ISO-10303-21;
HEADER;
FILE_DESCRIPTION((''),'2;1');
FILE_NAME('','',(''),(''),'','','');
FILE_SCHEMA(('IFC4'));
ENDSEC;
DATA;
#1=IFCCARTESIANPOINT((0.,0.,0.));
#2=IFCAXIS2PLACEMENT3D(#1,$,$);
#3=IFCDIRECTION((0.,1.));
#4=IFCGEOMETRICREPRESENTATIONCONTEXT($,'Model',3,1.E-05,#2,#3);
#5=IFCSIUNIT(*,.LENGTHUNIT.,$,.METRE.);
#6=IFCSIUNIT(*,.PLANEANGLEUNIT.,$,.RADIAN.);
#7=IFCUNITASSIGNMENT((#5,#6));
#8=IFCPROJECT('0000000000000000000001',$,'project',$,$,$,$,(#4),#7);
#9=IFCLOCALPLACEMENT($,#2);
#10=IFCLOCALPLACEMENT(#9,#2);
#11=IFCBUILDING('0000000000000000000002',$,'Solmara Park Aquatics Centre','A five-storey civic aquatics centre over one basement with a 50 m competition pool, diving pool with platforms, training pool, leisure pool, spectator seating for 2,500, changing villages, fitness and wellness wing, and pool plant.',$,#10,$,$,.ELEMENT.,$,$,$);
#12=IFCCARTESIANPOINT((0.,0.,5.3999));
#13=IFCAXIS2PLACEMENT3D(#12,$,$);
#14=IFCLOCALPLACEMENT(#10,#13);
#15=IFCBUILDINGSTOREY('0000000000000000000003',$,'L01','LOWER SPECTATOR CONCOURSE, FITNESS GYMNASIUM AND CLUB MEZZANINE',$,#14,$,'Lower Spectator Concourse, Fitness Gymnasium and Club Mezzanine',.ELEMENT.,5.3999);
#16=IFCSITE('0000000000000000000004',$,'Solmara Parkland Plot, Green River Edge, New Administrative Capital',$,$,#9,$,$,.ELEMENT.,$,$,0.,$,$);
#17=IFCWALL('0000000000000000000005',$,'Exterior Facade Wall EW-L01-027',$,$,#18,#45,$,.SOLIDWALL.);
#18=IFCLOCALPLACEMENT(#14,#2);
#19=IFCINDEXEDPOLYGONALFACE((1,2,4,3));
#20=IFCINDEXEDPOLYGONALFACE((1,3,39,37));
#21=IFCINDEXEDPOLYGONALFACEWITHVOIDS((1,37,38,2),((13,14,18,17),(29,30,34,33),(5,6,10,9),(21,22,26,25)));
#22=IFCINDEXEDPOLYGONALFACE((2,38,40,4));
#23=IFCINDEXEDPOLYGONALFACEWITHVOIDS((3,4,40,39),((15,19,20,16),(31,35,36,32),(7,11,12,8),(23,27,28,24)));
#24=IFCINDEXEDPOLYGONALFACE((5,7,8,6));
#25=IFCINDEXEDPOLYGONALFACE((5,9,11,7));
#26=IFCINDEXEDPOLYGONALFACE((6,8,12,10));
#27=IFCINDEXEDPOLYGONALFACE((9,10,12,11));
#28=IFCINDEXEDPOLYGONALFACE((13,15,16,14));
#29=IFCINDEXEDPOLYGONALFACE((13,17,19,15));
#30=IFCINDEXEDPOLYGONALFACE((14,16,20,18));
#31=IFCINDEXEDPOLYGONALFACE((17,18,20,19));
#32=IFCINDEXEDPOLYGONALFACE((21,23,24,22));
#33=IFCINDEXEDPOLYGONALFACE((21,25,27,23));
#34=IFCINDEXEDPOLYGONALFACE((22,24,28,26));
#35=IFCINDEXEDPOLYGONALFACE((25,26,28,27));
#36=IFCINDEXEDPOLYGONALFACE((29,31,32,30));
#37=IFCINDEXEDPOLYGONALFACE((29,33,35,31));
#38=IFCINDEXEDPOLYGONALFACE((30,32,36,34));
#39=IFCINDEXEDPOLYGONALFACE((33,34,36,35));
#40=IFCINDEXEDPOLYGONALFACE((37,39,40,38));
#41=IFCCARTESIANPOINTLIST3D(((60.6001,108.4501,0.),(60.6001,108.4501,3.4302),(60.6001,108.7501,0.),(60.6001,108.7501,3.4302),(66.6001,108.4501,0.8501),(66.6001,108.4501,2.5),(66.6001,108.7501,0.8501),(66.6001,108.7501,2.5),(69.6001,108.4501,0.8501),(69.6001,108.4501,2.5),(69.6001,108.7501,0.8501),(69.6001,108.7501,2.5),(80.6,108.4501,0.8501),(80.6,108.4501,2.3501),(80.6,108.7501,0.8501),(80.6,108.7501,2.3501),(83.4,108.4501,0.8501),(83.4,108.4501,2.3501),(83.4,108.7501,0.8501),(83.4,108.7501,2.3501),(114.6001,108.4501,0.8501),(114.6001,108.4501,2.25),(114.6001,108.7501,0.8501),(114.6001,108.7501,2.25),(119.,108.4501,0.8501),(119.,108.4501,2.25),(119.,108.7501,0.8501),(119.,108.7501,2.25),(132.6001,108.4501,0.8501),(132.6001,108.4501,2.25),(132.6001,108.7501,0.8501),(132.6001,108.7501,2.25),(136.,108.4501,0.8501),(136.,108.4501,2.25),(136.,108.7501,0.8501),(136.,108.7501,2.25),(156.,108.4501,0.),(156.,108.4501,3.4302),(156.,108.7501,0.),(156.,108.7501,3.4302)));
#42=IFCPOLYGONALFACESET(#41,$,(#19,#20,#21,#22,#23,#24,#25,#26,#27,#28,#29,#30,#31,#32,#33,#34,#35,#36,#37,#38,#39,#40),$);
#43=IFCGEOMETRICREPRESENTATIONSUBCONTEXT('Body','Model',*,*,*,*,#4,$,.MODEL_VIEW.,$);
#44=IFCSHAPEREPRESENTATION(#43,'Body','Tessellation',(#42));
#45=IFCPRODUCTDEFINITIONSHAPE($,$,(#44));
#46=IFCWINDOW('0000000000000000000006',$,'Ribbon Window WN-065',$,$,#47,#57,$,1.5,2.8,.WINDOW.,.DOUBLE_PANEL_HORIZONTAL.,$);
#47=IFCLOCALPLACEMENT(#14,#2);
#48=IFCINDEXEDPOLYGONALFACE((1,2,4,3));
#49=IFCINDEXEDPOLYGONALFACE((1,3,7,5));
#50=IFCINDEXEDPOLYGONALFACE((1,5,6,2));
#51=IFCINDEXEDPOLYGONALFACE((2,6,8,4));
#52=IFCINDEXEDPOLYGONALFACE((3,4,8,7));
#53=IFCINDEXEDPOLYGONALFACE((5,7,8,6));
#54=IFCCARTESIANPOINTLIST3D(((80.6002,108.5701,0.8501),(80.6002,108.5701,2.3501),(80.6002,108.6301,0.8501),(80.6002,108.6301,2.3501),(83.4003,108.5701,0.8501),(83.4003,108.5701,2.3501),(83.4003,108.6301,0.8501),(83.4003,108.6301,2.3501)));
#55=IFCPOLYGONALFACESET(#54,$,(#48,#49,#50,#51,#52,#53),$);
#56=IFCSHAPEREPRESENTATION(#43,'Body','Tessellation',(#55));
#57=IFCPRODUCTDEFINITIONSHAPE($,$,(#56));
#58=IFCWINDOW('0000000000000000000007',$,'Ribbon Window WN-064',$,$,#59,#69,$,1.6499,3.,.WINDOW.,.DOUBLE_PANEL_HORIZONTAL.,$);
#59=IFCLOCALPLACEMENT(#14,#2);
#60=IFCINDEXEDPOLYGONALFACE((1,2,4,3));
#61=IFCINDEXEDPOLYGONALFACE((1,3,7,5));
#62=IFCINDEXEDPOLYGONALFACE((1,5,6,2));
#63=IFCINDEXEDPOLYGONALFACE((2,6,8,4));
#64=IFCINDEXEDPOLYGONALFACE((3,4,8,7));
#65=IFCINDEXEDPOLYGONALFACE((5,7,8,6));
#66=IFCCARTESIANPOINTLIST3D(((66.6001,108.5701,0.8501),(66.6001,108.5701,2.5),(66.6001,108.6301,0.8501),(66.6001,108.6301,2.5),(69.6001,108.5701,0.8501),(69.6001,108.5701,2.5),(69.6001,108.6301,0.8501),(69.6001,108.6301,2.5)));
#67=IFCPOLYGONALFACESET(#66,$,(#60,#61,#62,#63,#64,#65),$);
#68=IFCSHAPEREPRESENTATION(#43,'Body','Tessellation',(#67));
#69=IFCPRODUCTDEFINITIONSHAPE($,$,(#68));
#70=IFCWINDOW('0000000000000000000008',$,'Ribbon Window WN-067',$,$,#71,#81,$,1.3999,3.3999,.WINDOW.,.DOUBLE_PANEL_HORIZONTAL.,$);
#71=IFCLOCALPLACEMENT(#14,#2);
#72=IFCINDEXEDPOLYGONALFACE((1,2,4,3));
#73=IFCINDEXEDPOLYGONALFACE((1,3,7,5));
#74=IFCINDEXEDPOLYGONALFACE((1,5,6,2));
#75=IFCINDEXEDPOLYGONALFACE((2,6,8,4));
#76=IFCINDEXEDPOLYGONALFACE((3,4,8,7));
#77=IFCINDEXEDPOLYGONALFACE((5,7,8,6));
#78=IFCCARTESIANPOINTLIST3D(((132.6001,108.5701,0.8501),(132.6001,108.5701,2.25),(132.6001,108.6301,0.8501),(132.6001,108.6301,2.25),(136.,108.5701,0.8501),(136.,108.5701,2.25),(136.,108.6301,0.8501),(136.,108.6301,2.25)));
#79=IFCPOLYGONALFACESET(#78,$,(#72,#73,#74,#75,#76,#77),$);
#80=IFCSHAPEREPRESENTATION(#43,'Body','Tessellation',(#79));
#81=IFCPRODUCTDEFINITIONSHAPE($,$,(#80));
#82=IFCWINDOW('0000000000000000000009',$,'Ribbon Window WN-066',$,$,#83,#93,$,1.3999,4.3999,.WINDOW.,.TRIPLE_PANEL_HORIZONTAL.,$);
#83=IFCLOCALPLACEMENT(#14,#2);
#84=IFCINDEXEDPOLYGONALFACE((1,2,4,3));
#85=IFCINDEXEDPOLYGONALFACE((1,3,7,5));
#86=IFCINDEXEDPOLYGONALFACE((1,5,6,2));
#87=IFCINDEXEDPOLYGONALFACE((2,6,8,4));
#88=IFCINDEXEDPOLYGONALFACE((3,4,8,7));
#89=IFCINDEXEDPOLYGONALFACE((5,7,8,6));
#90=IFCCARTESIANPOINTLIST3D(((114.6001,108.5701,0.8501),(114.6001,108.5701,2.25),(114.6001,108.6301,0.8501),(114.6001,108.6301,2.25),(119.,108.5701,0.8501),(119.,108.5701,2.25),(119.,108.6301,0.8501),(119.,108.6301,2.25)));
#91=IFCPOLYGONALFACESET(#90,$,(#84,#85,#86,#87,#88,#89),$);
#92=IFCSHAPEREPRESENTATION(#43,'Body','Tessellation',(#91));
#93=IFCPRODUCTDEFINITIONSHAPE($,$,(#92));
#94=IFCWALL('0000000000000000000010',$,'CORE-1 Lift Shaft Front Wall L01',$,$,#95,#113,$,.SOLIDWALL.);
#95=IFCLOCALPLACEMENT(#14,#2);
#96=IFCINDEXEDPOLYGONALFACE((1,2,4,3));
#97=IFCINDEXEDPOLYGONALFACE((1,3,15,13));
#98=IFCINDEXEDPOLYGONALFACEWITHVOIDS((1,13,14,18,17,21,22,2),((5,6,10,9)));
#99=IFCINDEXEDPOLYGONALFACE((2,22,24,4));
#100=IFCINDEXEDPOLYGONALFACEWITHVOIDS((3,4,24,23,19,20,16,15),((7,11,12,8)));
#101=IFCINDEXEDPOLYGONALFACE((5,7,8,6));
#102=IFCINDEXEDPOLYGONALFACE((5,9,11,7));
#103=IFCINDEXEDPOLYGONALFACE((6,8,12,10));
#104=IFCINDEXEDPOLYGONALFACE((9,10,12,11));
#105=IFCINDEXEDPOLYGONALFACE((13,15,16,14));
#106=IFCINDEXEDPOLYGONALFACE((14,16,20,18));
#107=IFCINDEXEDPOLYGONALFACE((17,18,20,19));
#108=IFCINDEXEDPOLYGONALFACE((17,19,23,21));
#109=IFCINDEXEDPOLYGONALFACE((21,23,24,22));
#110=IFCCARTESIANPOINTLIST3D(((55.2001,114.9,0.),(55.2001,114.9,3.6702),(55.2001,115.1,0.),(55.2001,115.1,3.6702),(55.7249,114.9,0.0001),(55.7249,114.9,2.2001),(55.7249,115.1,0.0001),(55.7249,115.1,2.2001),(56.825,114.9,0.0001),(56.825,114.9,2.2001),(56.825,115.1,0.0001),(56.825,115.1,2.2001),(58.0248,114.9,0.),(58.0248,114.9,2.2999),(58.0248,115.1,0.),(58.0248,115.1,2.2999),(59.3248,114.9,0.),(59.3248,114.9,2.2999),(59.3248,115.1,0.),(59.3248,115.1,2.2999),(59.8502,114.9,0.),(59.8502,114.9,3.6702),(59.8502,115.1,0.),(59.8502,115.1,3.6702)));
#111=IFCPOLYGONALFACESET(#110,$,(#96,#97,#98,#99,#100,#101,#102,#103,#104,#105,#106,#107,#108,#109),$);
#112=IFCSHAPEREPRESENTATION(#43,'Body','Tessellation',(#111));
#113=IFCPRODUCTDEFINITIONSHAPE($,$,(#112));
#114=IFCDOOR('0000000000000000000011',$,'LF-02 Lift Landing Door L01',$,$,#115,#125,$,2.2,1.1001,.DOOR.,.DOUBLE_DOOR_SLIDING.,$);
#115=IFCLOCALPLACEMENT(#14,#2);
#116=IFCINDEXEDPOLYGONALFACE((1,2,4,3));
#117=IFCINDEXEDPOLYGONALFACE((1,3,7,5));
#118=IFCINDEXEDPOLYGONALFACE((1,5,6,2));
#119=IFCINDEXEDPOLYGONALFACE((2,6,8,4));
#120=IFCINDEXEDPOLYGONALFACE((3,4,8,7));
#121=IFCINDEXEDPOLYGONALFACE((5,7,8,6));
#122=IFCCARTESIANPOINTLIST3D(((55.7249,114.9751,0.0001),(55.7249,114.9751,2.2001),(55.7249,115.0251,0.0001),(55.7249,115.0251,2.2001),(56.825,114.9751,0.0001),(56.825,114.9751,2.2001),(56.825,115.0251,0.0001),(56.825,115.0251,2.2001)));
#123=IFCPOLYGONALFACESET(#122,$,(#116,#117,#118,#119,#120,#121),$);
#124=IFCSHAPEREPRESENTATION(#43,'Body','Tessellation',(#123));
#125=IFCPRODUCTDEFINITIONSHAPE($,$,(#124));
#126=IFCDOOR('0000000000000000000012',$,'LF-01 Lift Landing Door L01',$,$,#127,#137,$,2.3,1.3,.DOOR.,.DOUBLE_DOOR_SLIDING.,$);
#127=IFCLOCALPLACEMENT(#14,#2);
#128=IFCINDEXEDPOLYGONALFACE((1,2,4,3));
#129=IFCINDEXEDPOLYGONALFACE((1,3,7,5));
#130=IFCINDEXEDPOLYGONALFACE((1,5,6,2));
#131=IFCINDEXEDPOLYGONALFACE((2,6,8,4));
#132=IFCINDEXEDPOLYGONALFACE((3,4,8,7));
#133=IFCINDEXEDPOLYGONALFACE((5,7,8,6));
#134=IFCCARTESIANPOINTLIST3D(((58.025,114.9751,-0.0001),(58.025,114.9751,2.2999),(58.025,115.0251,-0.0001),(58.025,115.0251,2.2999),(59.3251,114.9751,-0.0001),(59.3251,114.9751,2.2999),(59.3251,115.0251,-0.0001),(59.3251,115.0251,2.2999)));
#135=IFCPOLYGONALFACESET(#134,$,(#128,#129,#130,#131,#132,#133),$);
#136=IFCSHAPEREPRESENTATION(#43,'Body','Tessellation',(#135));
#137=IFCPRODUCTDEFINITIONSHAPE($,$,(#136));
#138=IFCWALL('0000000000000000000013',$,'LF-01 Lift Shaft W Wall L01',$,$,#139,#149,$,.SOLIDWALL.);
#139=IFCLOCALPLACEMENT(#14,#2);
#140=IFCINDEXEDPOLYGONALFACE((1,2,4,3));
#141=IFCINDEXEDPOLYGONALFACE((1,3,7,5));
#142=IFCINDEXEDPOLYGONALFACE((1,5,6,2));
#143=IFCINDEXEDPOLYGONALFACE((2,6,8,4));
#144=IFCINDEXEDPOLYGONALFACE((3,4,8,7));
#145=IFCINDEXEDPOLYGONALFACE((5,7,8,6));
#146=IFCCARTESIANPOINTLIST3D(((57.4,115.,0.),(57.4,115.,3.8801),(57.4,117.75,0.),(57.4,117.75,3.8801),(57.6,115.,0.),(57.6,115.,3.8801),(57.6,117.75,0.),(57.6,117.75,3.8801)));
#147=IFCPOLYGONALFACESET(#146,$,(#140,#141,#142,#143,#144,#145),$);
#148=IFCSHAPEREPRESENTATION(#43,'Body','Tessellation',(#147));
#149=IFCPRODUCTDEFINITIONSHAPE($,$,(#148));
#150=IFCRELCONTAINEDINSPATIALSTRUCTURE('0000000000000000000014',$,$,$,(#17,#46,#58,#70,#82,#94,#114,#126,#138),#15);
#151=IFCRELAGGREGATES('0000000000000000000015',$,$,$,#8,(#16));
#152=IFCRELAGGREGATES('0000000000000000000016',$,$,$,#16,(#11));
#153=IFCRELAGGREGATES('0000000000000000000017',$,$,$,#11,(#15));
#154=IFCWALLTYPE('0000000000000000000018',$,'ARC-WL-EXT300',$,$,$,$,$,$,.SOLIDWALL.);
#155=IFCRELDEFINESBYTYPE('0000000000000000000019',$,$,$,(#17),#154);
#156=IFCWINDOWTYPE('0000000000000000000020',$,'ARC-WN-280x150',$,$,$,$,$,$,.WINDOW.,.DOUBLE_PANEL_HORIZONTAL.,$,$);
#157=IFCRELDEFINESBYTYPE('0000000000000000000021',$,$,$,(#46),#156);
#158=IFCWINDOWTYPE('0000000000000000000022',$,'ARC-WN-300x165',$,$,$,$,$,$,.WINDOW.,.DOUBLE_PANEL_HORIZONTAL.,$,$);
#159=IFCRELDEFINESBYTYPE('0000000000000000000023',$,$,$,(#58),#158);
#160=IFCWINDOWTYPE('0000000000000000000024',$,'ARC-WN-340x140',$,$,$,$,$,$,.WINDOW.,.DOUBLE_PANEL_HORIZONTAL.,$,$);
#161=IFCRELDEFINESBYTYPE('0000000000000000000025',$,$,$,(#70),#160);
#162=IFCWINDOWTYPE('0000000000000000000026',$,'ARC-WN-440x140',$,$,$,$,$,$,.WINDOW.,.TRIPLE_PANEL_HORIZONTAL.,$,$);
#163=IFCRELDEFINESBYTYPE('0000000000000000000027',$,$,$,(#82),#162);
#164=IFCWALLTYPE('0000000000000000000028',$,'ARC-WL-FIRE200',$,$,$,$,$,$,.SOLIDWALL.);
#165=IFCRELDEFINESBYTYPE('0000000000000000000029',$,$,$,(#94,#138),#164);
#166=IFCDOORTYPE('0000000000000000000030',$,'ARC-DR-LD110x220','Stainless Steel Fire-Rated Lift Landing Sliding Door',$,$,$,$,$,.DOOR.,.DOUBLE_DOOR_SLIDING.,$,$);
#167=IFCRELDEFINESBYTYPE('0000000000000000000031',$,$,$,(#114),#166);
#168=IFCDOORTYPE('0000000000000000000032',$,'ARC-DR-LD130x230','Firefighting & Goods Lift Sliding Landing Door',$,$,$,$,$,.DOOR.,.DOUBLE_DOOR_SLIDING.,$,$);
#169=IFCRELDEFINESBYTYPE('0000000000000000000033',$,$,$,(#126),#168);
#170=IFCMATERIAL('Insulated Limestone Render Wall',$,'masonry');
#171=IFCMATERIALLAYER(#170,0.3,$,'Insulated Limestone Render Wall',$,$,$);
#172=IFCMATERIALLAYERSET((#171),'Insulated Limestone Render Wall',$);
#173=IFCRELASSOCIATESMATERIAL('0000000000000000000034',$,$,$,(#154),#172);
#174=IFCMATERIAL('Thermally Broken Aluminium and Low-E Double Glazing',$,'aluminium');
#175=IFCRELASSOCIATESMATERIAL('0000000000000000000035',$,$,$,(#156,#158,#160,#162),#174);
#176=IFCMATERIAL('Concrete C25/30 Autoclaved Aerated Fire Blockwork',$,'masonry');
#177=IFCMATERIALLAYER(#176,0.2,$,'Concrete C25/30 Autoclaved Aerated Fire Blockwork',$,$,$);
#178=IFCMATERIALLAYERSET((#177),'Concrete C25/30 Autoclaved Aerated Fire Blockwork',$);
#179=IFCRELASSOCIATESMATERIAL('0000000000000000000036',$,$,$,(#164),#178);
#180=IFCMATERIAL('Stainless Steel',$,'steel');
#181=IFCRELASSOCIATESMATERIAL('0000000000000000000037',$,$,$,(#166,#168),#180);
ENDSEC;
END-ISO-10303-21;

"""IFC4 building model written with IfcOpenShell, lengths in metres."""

from ifc_helpers import new_model, si_unit, direction, frame, frame_2d, origin, place, context, subcontext, project, spatial, rectangle, extrude, material, layer, layer_set, type_object, element, fill, save


model = new_model("IFC4")

# Units and contexts
model_context = context("Model", 3, precision=1e-05, world=origin(), true_north=direction((0.0, 1.0)))
body_context = subcontext(model_context, "Body", "Model", "MODEL_VIEW")
ifc_project = project(units=[si_unit("LENGTHUNIT", "METRE"), si_unit("PLANEANGLEUNIT", "RADIAN")], contexts=[model_context])

# Site, building, storey
site_placement = place(None, origin())
site = spatial("IfcSite", under=ifc_project, at=site_placement, Name="Solmara Parkland Plot, Green River Edge, New Administrative Capital", CompositionType="ELEMENT", RefElevation=0.0)
building_placement = place(site_placement, origin())
building = spatial("IfcBuilding", under=site, at=building_placement, Name="Solmara Park Aquatics Centre", Description="A five-storey civic aquatics centre over one basement with a 50 m competition pool, diving pool with platforms, training pool, leisure pool, spectator seating for 2,500, changing villages, fitness and wellness wing, and pool plant.", CompositionType="ELEMENT")
storey_placement = place(building_placement, frame((0.0, 0.0, 5.3999)))
storey = spatial("IfcBuildingStorey", under=building, at=storey_placement, Name="L01", Description="LOWER SPECTATOR CONCOURSE, FITNESS GYMNASIUM AND CLUB MEZZANINE", LongName="Lower Spectator Concourse, Fitness Gymnasium and Club Mezzanine", CompositionType="ELEMENT", Elevation=5.3999)

# Wall, openings, windows
ifc_material_1 = material(Name="Insulated Limestone Render Wall", Category="masonry")
ifc_layer_1 = layer(ifc_material_1, 0.3, Name="Insulated Limestone Render Wall")
ifc_layer_set_1 = layer_set([ifc_layer_1], Name="Insulated Limestone Render Wall")
wall_type_1 = type_object("IfcWallType", Name="ARC-WL-EXT300", PredefinedType="SOLIDWALL", material=ifc_layer_set_1)
wall_1_placement = place(storey_placement, frame((60.6001, 108.6001, 0.0), z_axis=(0.0, 0.0, 1.0), x_axis=(1.0, 0.0, 0.0)))
wall_1 = element("IfcWall", 1, at=wall_1_placement, inside=storey, type_object=wall_type_1, Name="Exterior Facade Wall EW-L01-027", PredefinedType="SOLIDWALL", context=body_context, shape_type="SweptSolid", body=[
    extrude(rectangle(XDim=95.3999, YDim=0.3, at=frame_2d((47.7, 0.0))), origin(), (0.0, 0.0, 1.0), 3.4302),
])
opening_1_placement = place(wall_1_placement, frame((6.0, 0.0, 0.8501)))
opening_1 = element("IfcOpeningElement", 2, at=opening_1_placement, cuts=wall_1, PredefinedType="OPENING", context=body_context, shape_type="SweptSolid", body=[
    extrude(rectangle(XDim=3.0, YDim=1.6499, at=frame_2d((1.5, 0.825))), frame((0.0, 0.1599, 0.0), z_axis=(0.0, -1.0, 0.0), x_axis=(1.0, 0.0, 0.0)), (0.0, 0.0, 1.0), 0.3201),
])
opening_2_placement = place(wall_1_placement, frame((20.0, 0.0, 0.8501)))
opening_2 = element("IfcOpeningElement", 3, at=opening_2_placement, cuts=wall_1, PredefinedType="OPENING", context=body_context, shape_type="SweptSolid", body=[
    extrude(rectangle(XDim=2.8, YDim=1.5, at=frame_2d((1.3999, 0.75))), frame((0.0, 0.1599, 0.0), z_axis=(0.0, -1.0, 0.0), x_axis=(1.0, 0.0, 0.0)), (0.0, 0.0, 1.0), 0.3201),
])
opening_3_placement = place(wall_1_placement, frame((54.0, 0.0, 0.8501)))
opening_3 = element("IfcOpeningElement", 4, at=opening_3_placement, cuts=wall_1, PredefinedType="OPENING", context=body_context, shape_type="SweptSolid", body=[
    extrude(rectangle(XDim=4.3999, YDim=1.3999, at=frame_2d((2.2, 0.7))), frame((0.0, 0.1599, 0.0), z_axis=(0.0, -1.0, 0.0), x_axis=(1.0, 0.0, 0.0)), (0.0, 0.0, 1.0), 0.3201),
])
opening_4_placement = place(wall_1_placement, frame((72.0, 0.0, 0.8501)))
opening_4 = element("IfcOpeningElement", 5, at=opening_4_placement, cuts=wall_1, PredefinedType="OPENING", context=body_context, shape_type="SweptSolid", body=[
    extrude(rectangle(XDim=3.3999, YDim=1.3999, at=frame_2d((1.7, 0.7))), frame((0.0, 0.1599, 0.0), z_axis=(0.0, -1.0, 0.0), x_axis=(1.0, 0.0, 0.0)), (0.0, 0.0, 1.0), 0.3201),
])
ifc_material_2 = material(Name="Thermally Broken Aluminium and Low-E Double Glazing", Category="aluminium")
window_type_1 = type_object("IfcWindowType", Name="ARC-WN-280x150", PartitioningType="DOUBLE_PANEL_HORIZONTAL", PredefinedType="WINDOW", material=ifc_material_2)
window_1_placement = place(opening_2_placement, frame((2.8, 0.0, 0.0), z_axis=(0.0, 0.0, 1.0), x_axis=(-1.0, 0.0, 0.0)))
window_1 = element("IfcWindow", 6, at=window_1_placement, inside=storey, type_object=window_type_1, Name="Ribbon Window WN-065", OverallHeight=1.5, OverallWidth=2.8, PartitioningType="DOUBLE_PANEL_HORIZONTAL", PredefinedType="WINDOW", context=body_context, shape_type="SweptSolid", body=[
    extrude(rectangle(XDim=2.8, YDim=1.5, at=frame_2d((1.3999, 0.75))), frame((0.0, 0.03, 0.0), z_axis=(0.0, -1.0, 0.0), x_axis=(1.0, 0.0, 0.0)), (0.0, 0.0, 1.0), 0.0601),
])
fill(opening_2, window_1)
window_type_2 = type_object("IfcWindowType", Name="ARC-WN-300x165", PartitioningType="DOUBLE_PANEL_HORIZONTAL", PredefinedType="WINDOW", material=ifc_material_2)
window_2_placement = place(opening_1_placement, frame((3.0, 0.0, 0.0), z_axis=(0.0, 0.0, 1.0), x_axis=(-1.0, 0.0, 0.0)))
window_2 = element("IfcWindow", 7, at=window_2_placement, inside=storey, type_object=window_type_2, Name="Ribbon Window WN-064", OverallHeight=1.6499, OverallWidth=3.0, PartitioningType="DOUBLE_PANEL_HORIZONTAL", PredefinedType="WINDOW", context=body_context, shape_type="SweptSolid", body=[
    extrude(rectangle(XDim=3.0, YDim=1.6499, at=frame_2d((1.5, 0.825))), frame((0.0, 0.03, 0.0), z_axis=(0.0, -1.0, 0.0), x_axis=(1.0, 0.0, 0.0)), (0.0, 0.0, 1.0), 0.0601),
])
fill(opening_1, window_2)
window_type_3 = type_object("IfcWindowType", Name="ARC-WN-340x140", PartitioningType="DOUBLE_PANEL_HORIZONTAL", PredefinedType="WINDOW", material=ifc_material_2)
window_3_placement = place(opening_4_placement, frame((3.3999, 0.0, 0.0), z_axis=(0.0, 0.0, 1.0), x_axis=(-1.0, 0.0, 0.0)))
window_3 = element("IfcWindow", 8, at=window_3_placement, inside=storey, type_object=window_type_3, Name="Ribbon Window WN-067", OverallHeight=1.3999, OverallWidth=3.3999, PartitioningType="DOUBLE_PANEL_HORIZONTAL", PredefinedType="WINDOW", context=body_context, shape_type="SweptSolid", body=[
    extrude(rectangle(XDim=3.3999, YDim=1.3999, at=frame_2d((1.7, 0.7))), frame((0.0, 0.03, 0.0), z_axis=(0.0, -1.0, 0.0), x_axis=(1.0, 0.0, 0.0)), (0.0, 0.0, 1.0), 0.0601),
])
fill(opening_4, window_3)
window_type_4 = type_object("IfcWindowType", Name="ARC-WN-440x140", PartitioningType="TRIPLE_PANEL_HORIZONTAL", PredefinedType="WINDOW", material=ifc_material_2)
window_4_placement = place(opening_3_placement, frame((4.3999, 0.0, 0.0), z_axis=(0.0, 0.0, 1.0), x_axis=(-1.0, 0.0, 0.0)))
window_4 = element("IfcWindow", 9, at=window_4_placement, inside=storey, type_object=window_type_4, Name="Ribbon Window WN-066", OverallHeight=1.3999, OverallWidth=4.3999, PartitioningType="TRIPLE_PANEL_HORIZONTAL", PredefinedType="WINDOW", context=body_context, shape_type="SweptSolid", body=[
    extrude(rectangle(XDim=4.3999, YDim=1.3999, at=frame_2d((2.2, 0.7))), frame((0.0, 0.03, 0.0), z_axis=(0.0, -1.0, 0.0), x_axis=(1.0, 0.0, 0.0)), (0.0, 0.0, 1.0), 0.0601),
])
fill(opening_3, window_4)

# Wall, openings, doors
ifc_material_3 = material(Name="Concrete C25/30 Autoclaved Aerated Fire Blockwork", Category="masonry")
ifc_layer_2 = layer(ifc_material_3, 0.2, Name="Concrete C25/30 Autoclaved Aerated Fire Blockwork")
ifc_layer_set_2 = layer_set([ifc_layer_2], Name="Concrete C25/30 Autoclaved Aerated Fire Blockwork")
wall_type_2 = type_object("IfcWallType", Name="ARC-WL-FIRE200", PredefinedType="SOLIDWALL", material=ifc_layer_set_2)
wall_2_placement = place(storey_placement, frame((55.2, 115.0, 0.0), z_axis=(0.0, 0.0, 1.0), x_axis=(1.0, 0.0, 0.0)))
wall_2 = element("IfcWall", 10, at=wall_2_placement, inside=storey, type_object=wall_type_2, Name="CORE-1 Lift Shaft Front Wall L01", PredefinedType="SOLIDWALL", context=body_context, shape_type="SweptSolid", body=[
    extrude(rectangle(XDim=4.6501, YDim=0.2, at=frame_2d((2.3252, 0.0))), origin(), (0.0, 0.0, 1.0), 3.6702),
])
opening_5_placement = place(wall_2_placement, frame((2.825, 0.0, 0.0)))
opening_5 = element("IfcOpeningElement", 11, at=opening_5_placement, cuts=wall_2, PredefinedType="OPENING", context=body_context, shape_type="SweptSolid", body=[
    extrude(rectangle(XDim=1.3, YDim=2.3, at=frame_2d((0.6499, 1.1499))), frame((0.0, 0.1099, 0.0), z_axis=(0.0, -1.0, 0.0), x_axis=(1.0, 0.0, 0.0)), (0.0, 0.0, 1.0), 0.22),
])
opening_6_placement = place(wall_2_placement, frame((0.5249, 0.0, 0.0)))
opening_6 = element("IfcOpeningElement", 12, at=opening_6_placement, cuts=wall_2, PredefinedType="OPENING", context=body_context, shape_type="SweptSolid", body=[
    extrude(rectangle(XDim=1.1001, YDim=2.2, at=frame_2d((0.55, 1.1001))), frame((0.0, 0.1099, 0.0), z_axis=(0.0, -1.0, 0.0), x_axis=(1.0, 0.0, 0.0)), (0.0, 0.0, 1.0), 0.22),
])
ifc_material_4 = material(Name="Stainless Steel", Category="steel")
door_type_1 = type_object("IfcDoorType", Name="ARC-DR-LD110x220", Description="Stainless Steel Fire-Rated Lift Landing Sliding Door", OperationType="DOUBLE_DOOR_SLIDING", PredefinedType="DOOR", material=ifc_material_4)
door_1_placement = place(opening_6_placement, frame((1.1001, 0.0, 0.0), z_axis=(0.0, 0.0, 1.0), x_axis=(-1.0, 0.0, 0.0)))
door_1 = element("IfcDoor", 13, at=door_1_placement, inside=storey, type_object=door_type_1, Name="LF-02 Lift Landing Door L01", OperationType="DOUBLE_DOOR_SLIDING", OverallHeight=2.2, OverallWidth=1.1001, PredefinedType="DOOR", context=body_context, shape_type="SweptSolid", body=[
    extrude(rectangle(XDim=1.1001, YDim=2.2, at=frame_2d((0.55, 1.1001))), frame((0.0, 0.0249, 0.0), z_axis=(0.0, -1.0, 0.0), x_axis=(1.0, 0.0, 0.0)), (0.0, 0.0, 1.0), 0.05),
])
fill(opening_6, door_1)
door_type_2 = type_object("IfcDoorType", Name="ARC-DR-LD130x230", Description="Firefighting & Goods Lift Sliding Landing Door", OperationType="DOUBLE_DOOR_SLIDING", PredefinedType="DOOR", material=ifc_material_4)
door_2_placement = place(opening_5_placement, frame((1.3, 0.0, 0.0), z_axis=(0.0, 0.0, 1.0), x_axis=(-1.0, 0.0, 0.0)))
door_2 = element("IfcDoor", 14, at=door_2_placement, inside=storey, type_object=door_type_2, Name="LF-01 Lift Landing Door L01", OperationType="DOUBLE_DOOR_SLIDING", OverallHeight=2.3, OverallWidth=1.3, PredefinedType="DOOR", context=body_context, shape_type="SweptSolid", body=[
    extrude(rectangle(XDim=1.3, YDim=2.3, at=frame_2d((0.6499, 1.1499))), frame((0.0, 0.0249, 0.0), z_axis=(0.0, -1.0, 0.0), x_axis=(1.0, 0.0, 0.0)), (0.0, 0.0, 1.0), 0.05),
])
fill(opening_5, door_2)

# Wall
for number, where, z_axis, x_axis, name in (
    (15, (57.5, 115.0, 0.0), (0.0, 0.0, 1.0), (0.0, 1.0, 0.0), "LF-01 Lift Shaft W Wall L01"),
):
    element("IfcWall", number, at=place(storey_placement, frame(where, z_axis=z_axis, x_axis=x_axis)), inside=storey, type_object=wall_type_2, Name=name, PredefinedType="SOLIDWALL", context=body_context, shape_type="SweptSolid", body=[
        extrude(rectangle(XDim=2.75, YDim=0.2, at=frame_2d((1.375, 0.0))), origin(), (0.0, 0.0, 1.0), 3.8801),
    ])

save(model, "model.ifc")
